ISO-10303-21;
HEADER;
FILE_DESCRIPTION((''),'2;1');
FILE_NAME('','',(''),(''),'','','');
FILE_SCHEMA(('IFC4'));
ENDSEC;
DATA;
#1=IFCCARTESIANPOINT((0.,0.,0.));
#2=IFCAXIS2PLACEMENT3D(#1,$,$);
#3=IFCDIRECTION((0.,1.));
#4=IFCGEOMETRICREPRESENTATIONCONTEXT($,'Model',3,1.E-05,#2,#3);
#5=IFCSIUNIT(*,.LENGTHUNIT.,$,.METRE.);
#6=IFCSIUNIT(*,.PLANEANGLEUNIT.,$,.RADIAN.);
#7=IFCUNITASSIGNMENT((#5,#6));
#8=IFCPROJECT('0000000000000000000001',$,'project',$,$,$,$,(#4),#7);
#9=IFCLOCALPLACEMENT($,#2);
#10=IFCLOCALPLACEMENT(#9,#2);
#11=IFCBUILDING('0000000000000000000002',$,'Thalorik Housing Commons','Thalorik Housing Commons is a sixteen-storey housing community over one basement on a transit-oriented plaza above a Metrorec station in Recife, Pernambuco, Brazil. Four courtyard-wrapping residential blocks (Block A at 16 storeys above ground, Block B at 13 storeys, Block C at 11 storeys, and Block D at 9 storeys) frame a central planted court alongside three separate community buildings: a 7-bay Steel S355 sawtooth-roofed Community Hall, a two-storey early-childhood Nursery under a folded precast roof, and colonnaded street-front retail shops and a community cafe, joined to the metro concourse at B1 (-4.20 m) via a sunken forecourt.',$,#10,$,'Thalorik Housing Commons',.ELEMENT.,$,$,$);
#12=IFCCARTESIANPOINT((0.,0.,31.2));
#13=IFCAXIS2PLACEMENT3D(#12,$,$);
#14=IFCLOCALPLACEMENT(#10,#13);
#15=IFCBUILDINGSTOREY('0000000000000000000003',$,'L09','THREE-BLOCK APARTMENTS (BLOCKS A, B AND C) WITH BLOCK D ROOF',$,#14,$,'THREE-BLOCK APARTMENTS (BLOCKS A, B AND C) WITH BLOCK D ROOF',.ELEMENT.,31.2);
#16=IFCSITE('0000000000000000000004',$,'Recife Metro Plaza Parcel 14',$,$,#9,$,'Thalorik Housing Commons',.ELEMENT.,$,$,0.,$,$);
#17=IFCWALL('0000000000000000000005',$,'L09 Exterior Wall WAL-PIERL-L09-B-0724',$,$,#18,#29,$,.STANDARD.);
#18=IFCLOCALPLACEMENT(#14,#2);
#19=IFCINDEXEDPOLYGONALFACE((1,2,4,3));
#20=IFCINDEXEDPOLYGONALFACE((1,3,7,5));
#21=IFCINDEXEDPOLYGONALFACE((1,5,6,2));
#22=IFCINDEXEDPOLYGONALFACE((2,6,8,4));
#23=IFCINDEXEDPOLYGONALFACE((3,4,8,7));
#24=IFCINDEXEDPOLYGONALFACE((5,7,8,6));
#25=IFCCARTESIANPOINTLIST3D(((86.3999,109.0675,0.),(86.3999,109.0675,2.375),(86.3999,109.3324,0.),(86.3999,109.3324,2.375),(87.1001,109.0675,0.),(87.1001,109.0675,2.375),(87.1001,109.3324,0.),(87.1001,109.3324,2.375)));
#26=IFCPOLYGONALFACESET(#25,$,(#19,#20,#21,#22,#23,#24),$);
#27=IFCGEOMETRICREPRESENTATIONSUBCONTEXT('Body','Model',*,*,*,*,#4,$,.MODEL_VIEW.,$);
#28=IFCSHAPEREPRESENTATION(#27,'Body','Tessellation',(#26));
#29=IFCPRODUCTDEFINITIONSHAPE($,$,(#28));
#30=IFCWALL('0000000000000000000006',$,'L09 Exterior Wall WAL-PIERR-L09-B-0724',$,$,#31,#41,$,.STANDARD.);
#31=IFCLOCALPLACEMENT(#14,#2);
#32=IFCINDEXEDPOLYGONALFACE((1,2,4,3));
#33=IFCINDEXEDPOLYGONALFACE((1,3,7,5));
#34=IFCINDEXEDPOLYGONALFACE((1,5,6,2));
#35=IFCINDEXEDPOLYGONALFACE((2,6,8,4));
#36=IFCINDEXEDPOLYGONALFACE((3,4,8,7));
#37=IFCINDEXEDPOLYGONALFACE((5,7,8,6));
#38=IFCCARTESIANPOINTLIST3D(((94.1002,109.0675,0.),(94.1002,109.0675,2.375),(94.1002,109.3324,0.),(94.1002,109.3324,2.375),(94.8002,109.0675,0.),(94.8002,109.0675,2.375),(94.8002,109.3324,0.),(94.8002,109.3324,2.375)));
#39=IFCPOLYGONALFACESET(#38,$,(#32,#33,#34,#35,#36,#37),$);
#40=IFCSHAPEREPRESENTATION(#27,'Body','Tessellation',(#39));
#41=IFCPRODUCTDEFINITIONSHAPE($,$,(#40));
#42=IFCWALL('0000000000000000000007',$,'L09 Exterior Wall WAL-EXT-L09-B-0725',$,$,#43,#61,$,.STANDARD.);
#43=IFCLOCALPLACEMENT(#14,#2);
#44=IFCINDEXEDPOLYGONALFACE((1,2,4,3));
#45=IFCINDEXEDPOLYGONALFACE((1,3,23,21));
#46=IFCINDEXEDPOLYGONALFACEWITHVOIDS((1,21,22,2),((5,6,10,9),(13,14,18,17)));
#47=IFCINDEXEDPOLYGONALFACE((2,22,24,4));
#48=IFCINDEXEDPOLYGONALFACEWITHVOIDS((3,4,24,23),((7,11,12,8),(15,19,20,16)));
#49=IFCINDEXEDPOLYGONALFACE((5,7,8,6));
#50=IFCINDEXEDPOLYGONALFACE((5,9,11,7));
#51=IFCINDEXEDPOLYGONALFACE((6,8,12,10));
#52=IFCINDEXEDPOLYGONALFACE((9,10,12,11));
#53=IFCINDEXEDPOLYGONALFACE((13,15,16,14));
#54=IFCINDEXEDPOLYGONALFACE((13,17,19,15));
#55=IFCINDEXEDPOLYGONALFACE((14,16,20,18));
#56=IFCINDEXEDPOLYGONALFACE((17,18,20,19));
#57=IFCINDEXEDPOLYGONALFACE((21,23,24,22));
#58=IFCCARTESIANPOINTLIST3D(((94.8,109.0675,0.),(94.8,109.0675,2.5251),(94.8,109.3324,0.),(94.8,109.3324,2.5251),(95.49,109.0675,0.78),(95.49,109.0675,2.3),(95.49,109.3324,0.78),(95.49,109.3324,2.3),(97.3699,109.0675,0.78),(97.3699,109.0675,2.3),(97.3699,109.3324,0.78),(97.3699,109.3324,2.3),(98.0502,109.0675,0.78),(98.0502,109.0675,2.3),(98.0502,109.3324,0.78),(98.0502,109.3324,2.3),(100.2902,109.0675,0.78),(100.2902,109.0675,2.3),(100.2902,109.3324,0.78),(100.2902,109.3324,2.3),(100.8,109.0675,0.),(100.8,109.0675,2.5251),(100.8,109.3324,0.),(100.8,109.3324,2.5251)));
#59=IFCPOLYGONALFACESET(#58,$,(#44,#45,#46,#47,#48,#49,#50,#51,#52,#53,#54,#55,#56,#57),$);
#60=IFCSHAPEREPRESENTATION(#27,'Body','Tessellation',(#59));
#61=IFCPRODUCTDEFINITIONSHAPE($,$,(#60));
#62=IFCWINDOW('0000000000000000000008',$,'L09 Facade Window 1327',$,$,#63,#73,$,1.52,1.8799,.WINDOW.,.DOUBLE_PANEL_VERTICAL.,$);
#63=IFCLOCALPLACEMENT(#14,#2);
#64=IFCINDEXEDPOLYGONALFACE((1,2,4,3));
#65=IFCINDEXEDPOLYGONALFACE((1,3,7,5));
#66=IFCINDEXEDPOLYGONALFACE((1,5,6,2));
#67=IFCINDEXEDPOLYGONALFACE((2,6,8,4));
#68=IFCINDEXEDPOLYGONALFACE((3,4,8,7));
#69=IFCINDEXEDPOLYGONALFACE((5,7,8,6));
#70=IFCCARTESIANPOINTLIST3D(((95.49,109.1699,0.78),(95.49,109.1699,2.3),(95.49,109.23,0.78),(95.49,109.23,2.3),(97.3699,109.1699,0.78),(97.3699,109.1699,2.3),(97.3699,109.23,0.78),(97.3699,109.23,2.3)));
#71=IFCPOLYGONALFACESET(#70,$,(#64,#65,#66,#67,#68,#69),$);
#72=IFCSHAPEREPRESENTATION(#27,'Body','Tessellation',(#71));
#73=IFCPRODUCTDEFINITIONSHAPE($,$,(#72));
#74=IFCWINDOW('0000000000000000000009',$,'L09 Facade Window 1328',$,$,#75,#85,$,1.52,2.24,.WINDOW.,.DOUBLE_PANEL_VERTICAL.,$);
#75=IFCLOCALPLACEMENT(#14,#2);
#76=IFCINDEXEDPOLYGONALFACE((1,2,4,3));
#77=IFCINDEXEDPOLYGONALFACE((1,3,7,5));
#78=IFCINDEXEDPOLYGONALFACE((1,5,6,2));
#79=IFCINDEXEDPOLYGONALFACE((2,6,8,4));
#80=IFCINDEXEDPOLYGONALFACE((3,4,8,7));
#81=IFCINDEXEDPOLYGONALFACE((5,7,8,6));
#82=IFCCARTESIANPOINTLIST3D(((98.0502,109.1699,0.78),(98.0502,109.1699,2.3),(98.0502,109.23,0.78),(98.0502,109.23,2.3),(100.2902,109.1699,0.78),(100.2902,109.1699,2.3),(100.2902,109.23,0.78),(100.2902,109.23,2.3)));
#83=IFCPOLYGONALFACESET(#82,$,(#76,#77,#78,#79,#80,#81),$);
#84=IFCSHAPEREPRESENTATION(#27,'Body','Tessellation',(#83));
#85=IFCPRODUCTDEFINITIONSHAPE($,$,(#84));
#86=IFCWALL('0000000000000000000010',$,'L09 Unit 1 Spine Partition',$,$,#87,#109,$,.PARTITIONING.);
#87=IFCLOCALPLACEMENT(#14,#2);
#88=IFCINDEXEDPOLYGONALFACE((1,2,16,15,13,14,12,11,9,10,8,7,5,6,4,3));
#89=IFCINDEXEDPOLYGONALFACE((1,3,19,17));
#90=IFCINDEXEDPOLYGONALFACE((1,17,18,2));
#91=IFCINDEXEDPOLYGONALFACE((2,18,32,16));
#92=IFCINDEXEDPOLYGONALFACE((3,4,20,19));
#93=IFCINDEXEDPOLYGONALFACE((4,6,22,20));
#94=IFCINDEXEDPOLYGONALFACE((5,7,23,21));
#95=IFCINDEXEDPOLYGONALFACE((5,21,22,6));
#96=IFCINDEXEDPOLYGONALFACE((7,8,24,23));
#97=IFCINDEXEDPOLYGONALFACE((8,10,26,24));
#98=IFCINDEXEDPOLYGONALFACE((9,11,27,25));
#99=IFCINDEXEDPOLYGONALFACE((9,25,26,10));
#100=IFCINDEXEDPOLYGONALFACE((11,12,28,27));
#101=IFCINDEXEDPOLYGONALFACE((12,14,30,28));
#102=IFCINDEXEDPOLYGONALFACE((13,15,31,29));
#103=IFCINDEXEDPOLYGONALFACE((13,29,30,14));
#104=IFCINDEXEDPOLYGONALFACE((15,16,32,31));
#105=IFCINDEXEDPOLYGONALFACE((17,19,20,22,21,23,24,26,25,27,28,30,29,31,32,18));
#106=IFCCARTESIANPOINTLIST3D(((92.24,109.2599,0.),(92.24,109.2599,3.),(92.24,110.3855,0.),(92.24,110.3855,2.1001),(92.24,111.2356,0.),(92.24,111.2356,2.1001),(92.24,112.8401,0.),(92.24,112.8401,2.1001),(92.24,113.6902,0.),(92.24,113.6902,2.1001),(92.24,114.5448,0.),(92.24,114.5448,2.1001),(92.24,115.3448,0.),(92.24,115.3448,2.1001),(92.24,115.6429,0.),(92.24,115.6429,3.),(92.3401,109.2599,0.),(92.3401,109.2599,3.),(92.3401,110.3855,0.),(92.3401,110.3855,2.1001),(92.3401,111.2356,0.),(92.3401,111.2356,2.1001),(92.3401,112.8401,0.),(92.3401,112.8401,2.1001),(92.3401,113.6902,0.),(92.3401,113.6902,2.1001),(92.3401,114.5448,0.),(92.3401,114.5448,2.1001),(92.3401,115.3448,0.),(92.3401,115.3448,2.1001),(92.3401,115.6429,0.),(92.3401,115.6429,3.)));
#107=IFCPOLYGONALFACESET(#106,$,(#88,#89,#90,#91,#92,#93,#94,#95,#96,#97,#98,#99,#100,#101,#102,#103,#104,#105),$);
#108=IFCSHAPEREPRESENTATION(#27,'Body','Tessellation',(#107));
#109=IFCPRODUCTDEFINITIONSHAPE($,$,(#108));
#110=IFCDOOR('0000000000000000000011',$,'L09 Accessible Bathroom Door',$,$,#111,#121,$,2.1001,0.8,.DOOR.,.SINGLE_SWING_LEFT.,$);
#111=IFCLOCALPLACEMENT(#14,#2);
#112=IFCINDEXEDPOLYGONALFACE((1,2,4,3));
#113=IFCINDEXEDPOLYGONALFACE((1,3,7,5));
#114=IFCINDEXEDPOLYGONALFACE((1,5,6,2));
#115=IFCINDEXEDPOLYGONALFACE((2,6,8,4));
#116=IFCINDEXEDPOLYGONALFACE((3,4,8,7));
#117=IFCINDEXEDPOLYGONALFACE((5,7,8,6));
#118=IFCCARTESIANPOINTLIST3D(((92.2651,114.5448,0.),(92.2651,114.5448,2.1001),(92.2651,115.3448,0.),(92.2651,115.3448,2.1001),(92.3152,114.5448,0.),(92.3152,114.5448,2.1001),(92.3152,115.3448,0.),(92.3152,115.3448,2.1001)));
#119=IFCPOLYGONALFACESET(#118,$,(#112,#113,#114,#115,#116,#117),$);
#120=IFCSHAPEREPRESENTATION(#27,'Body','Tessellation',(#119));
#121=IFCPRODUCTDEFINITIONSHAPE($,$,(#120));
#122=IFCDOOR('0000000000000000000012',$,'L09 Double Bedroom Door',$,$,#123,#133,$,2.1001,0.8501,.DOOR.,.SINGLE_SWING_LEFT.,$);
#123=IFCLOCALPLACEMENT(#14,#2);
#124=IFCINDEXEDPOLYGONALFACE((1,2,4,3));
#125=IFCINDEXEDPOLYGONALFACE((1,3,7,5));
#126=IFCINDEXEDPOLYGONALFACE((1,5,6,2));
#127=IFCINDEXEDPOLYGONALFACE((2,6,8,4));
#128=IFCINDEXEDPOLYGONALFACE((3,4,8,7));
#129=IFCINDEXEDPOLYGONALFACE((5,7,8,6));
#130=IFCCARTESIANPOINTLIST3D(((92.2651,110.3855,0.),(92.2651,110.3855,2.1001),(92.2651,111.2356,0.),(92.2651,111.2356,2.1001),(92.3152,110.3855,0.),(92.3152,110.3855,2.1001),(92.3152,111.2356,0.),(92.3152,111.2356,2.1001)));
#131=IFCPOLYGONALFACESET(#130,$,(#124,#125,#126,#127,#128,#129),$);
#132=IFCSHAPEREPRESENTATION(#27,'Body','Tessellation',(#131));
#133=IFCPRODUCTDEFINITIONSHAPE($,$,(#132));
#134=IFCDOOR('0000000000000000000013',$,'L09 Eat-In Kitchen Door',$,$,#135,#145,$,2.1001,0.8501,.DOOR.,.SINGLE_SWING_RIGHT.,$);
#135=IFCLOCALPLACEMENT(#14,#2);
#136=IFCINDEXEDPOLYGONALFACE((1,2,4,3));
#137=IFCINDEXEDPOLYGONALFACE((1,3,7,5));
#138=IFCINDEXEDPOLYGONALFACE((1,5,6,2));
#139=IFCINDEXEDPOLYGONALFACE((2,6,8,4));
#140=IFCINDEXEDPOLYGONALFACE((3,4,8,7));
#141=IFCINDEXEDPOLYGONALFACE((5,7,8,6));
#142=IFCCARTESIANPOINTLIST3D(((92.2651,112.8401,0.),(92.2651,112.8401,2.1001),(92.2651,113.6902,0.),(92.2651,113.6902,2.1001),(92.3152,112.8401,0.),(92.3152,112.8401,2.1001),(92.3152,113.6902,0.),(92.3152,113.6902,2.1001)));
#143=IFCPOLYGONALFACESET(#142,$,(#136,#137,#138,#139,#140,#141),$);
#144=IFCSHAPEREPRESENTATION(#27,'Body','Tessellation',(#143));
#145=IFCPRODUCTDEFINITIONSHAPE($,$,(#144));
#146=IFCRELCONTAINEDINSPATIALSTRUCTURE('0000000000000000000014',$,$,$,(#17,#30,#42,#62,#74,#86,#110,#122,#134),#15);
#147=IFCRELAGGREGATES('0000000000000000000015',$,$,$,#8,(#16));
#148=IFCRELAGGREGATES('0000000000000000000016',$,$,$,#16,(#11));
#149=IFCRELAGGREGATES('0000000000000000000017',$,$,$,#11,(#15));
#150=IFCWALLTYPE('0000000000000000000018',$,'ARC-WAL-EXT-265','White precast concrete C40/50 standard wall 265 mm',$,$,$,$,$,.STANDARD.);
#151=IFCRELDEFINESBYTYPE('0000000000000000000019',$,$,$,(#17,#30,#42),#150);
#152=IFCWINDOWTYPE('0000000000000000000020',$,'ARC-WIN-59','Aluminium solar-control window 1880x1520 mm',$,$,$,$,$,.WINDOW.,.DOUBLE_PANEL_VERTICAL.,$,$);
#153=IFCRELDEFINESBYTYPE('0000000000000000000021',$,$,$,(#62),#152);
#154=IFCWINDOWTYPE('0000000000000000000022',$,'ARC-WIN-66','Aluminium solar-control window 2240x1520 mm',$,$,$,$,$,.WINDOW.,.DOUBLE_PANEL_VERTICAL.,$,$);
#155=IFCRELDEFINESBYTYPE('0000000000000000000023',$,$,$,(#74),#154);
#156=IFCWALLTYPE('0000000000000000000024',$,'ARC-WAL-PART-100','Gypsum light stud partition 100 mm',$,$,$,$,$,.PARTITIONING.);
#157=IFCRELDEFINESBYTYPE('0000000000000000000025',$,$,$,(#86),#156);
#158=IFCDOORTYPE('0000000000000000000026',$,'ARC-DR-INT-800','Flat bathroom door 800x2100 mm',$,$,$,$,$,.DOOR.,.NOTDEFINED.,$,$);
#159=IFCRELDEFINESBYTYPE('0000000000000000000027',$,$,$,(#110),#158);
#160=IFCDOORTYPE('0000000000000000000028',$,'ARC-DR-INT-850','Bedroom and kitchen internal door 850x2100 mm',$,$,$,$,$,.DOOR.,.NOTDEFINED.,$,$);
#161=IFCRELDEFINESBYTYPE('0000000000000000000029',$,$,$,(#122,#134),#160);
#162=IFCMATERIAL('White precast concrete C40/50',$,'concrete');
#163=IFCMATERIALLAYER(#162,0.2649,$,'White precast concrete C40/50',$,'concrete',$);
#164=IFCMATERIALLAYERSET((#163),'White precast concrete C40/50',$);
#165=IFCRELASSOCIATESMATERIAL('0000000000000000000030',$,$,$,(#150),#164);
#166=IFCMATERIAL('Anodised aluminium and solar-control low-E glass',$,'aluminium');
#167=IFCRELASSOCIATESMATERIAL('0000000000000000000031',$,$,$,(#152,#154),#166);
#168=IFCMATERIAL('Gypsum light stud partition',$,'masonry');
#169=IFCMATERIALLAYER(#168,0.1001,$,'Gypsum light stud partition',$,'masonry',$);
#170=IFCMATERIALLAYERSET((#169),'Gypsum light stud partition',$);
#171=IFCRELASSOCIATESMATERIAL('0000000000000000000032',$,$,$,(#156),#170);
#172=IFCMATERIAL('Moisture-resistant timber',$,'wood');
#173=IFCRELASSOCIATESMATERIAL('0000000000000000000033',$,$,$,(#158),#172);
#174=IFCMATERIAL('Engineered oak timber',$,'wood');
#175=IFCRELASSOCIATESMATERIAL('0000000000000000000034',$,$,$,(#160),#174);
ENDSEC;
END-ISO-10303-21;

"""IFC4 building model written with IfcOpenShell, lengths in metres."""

from ifc_helpers import new_model, si_unit, direction, frame, frame_2d, origin, place, context, subcontext, project, spatial, rectangle, extrude, material, layer, layer_set, type_object, element, fill, save


model = new_model("IFC4")

# Units and contexts
model_context = context("Model", 3, precision=1e-05, world=origin(), true_north=direction((0.0, 1.0)))
body_context = subcontext(model_context, "Body", "Model", "MODEL_VIEW")
ifc_project = project(units=[si_unit("LENGTHUNIT", "METRE"), si_unit("PLANEANGLEUNIT", "RADIAN")], contexts=[model_context])

# Site, building, storey
site_placement = place(None, origin())
site = spatial("IfcSite", under=ifc_project, at=site_placement, Name="Recife Metro Plaza Parcel 14", LongName="Thalorik Housing Commons", CompositionType="ELEMENT", RefElevation=0.0)
building_placement = place(site_placement, origin())
building = spatial("IfcBuilding", under=site, at=building_placement, Name="Thalorik Housing Commons", Description="Thalorik Housing Commons is a sixteen-storey housing community over one basement on a transit-oriented plaza above a Metrorec station in Recife, Pernambuco, Brazil. Four courtyard-wrapping residential blocks (Block A at 16 storeys above ground, Block B at 13 storeys, Block C at 11 storeys, and Block D at 9 storeys) frame a central planted court alongside three separate community buildings: a 7-bay Steel S355 sawtooth-roofed Community Hall, a two-storey early-childhood Nursery under a folded precast roof, and colonnaded street-front retail shops and a community cafe, joined to the metro concourse at B1 (-4.20 m) via a sunken forecourt.", LongName="Thalorik Housing Commons", CompositionType="ELEMENT")
storey_placement = place(building_placement, frame((0.0, 0.0, 31.2)))
storey = spatial("IfcBuildingStorey", under=building, at=storey_placement, Name="L09", Description="THREE-BLOCK APARTMENTS (BLOCKS A, B AND C) WITH BLOCK D ROOF", LongName="THREE-BLOCK APARTMENTS (BLOCKS A, B AND C) WITH BLOCK D ROOF", CompositionType="ELEMENT", Elevation=31.2)

# Shared definitions
ifc_material_1 = material(Name="Anodised aluminium and solar-control low-E glass", Category="aluminium")

# Walls
ifc_material_2 = material(Name="White precast concrete C40/50", Category="concrete")
ifc_layer_1 = layer(ifc_material_2, 0.2649, Name="White precast concrete C40/50", Category="concrete")
ifc_layer_set_1 = layer_set([ifc_layer_1], Name="White precast concrete C40/50")
wall_type_1 = type_object("IfcWallType", Name="ARC-WAL-EXT-265", Description="White precast concrete C40/50 standard wall 265 mm", PredefinedType="STANDARD", material=ifc_layer_set_1)
wall_1_placement = place(storey_placement, frame((86.3999, 109.2, 0.0), z_axis=(0.0, 0.0, 1.0), x_axis=(1.0, 0.0, 0.0)))
element("IfcWall", 1, at=wall_1_placement, inside=storey, type_object=wall_type_1, Name="L09 Exterior Wall WAL-PIERL-L09-B-0724", PredefinedType="STANDARD", context=body_context, shape_type="SweptSolid", body=[
    extrude(rectangle(XDim=0.7002, YDim=0.2649, at=frame_2d((0.3501, 0.0))), origin(), (0.0, 0.0, 1.0), 2.375),
])
wall_2_placement = place(storey_placement, frame((94.1001, 109.2, 0.0), z_axis=(0.0, 0.0, 1.0), x_axis=(1.0, 0.0, 0.0)))
element("IfcWall", 2, at=wall_2_placement, inside=storey, type_object=wall_type_1, Name="L09 Exterior Wall WAL-PIERR-L09-B-0724", PredefinedType="STANDARD", context=body_context, shape_type="SweptSolid", body=[
    extrude(rectangle(XDim=0.7, YDim=0.2649, at=frame_2d((0.3501, 0.0))), origin(), (0.0, 0.0, 1.0), 2.375),
])

# Wall, openings, windows
wall_3_placement = place(storey_placement, frame((94.8, 109.2, 0.0), z_axis=(0.0, 0.0, 1.0), x_axis=(1.0, 0.0, 0.0)))
wall_3 = element("IfcWall", 3, at=wall_3_placement, inside=storey, type_object=wall_type_1, Name="L09 Exterior Wall WAL-EXT-L09-B-0725", PredefinedType="STANDARD", context=body_context, shape_type="SweptSolid", body=[
    extrude(rectangle(XDim=6.0, YDim=0.2649, at=frame_2d((3.0, 0.0))), origin(), (0.0, 0.0, 1.0), 2.5251),
])
opening_1_placement = place(wall_3_placement, frame((0.6899, 0.0, 0.78)))
opening_1 = element("IfcOpeningElement", 4, at=opening_1_placement, cuts=wall_3, PredefinedType="OPENING", context=body_context, shape_type="SweptSolid", body=[
    extrude(rectangle(XDim=1.8799, YDim=1.52, at=frame_2d((0.9399, 0.76))), frame((0.0, 0.1426, 0.0), z_axis=(0.0, -1.0, 0.0), x_axis=(1.0, 0.0, 0.0)), (0.0, 0.0, 1.0), 0.2849),
])
opening_2_placement = place(wall_3_placement, frame((3.25, 0.0, 0.78)))
opening_2 = element("IfcOpeningElement", 5, at=opening_2_placement, cuts=wall_3, PredefinedType="OPENING", context=body_context, shape_type="SweptSolid", body=[
    extrude(rectangle(XDim=2.24, YDim=1.52, at=frame_2d((1.1201, 0.76))), frame((0.0, 0.1426, 0.0), z_axis=(0.0, -1.0, 0.0), x_axis=(1.0, 0.0, 0.0)), (0.0, 0.0, 1.0), 0.2849),
])
window_type_1 = type_object("IfcWindowType", Name="ARC-WIN-59", Description="Aluminium solar-control window 1880x1520 mm", PartitioningType="DOUBLE_PANEL_VERTICAL", PredefinedType="WINDOW", material=ifc_material_1)
window_1_placement = place(opening_1_placement, origin())
window_1 = element("IfcWindow", 6, at=window_1_placement, inside=storey, type_object=window_type_1, Name="L09 Facade Window 1327", OverallHeight=1.52, OverallWidth=1.8799, PartitioningType="DOUBLE_PANEL_VERTICAL", PredefinedType="WINDOW", context=body_context, shape_type="SweptSolid", body=[
    extrude(rectangle(XDim=1.8799, YDim=1.52, at=frame_2d((0.9399, 0.76))), frame((0.0, 0.03, 0.0), z_axis=(0.0, -1.0, 0.0), x_axis=(1.0, 0.0, 0.0)), (0.0, 0.0, 1.0), 0.0601),
])
fill(opening_1, window_1)
window_type_2 = type_object("IfcWindowType", Name="ARC-WIN-66", Description="Aluminium solar-control window 2240x1520 mm", PartitioningType="DOUBLE_PANEL_VERTICAL", PredefinedType="WINDOW", material=ifc_material_1)
window_2_placement = place(opening_2_placement, origin())
window_2 = element("IfcWindow", 7, at=window_2_placement, inside=storey, type_object=window_type_2, Name="L09 Facade Window 1328", OverallHeight=1.52, OverallWidth=2.24, PartitioningType="DOUBLE_PANEL_VERTICAL", PredefinedType="WINDOW", context=body_context, shape_type="SweptSolid", body=[
    extrude(rectangle(XDim=2.24, YDim=1.52, at=frame_2d((1.1201, 0.76))), frame((0.0, 0.03, 0.0), z_axis=(0.0, -1.0, 0.0), x_axis=(1.0, 0.0, 0.0)), (0.0, 0.0, 1.0), 0.0601),
])
fill(opening_2, window_2)

# Wall, openings, doors
ifc_material_3 = material(Name="Gypsum light stud partition", Category="masonry")
ifc_layer_2 = layer(ifc_material_3, 0.1001, Name="Gypsum light stud partition", Category="masonry")
ifc_layer_set_2 = layer_set([ifc_layer_2], Name="Gypsum light stud partition")
wall_type_2 = type_object("IfcWallType", Name="ARC-WAL-PART-100", Description="Gypsum light stud partition 100 mm", PredefinedType="PARTITIONING", material=ifc_layer_set_2)
wall_4_placement = place(storey_placement, frame((92.29, 109.26, 0.0), z_axis=(0.0, 0.0, 1.0), x_axis=(0.0, 1.0, 0.0)))
wall_4 = element("IfcWall", 8, at=wall_4_placement, inside=storey, type_object=wall_type_2, Name="L09 Unit 1 Spine Partition", PredefinedType="PARTITIONING", context=body_context, shape_type="SweptSolid", body=[
    extrude(rectangle(XDim=6.3831, YDim=0.1001, at=frame_2d((3.1914, 0.0))), origin(), (0.0, 0.0, 1.0), 3.0),
])
opening_3_placement = place(wall_4_placement, frame((1.1255, 0.0, 0.0)))
opening_3 = element("IfcOpeningElement", 9, at=opening_3_placement, cuts=wall_4, PredefinedType="OPENING", context=body_context, shape_type="SweptSolid", body=[
    extrude(rectangle(XDim=0.8501, YDim=2.1001, at=frame_2d((0.425, 1.05))), frame((0.0, 0.0601, 0.0), z_axis=(0.0, -1.0, 0.0), x_axis=(1.0, 0.0, 0.0)), (0.0, 0.0, 1.0), 0.1201),
])
opening_4_placement = place(wall_4_placement, frame((3.5801, 0.0, 0.0)))
opening_4 = element("IfcOpeningElement", 10, at=opening_4_placement, cuts=wall_4, PredefinedType="OPENING", context=body_context, shape_type="SweptSolid", body=[
    extrude(rectangle(XDim=0.8501, YDim=2.1001, at=frame_2d((0.425, 1.05))), frame((0.0, 0.0601, 0.0), z_axis=(0.0, -1.0, 0.0), x_axis=(1.0, 0.0, 0.0)), (0.0, 0.0, 1.0), 0.1201),
])
opening_5_placement = place(wall_4_placement, frame((5.2849, 0.0, 0.0)))
opening_5 = element("IfcOpeningElement", 11, at=opening_5_placement, cuts=wall_4, PredefinedType="OPENING", context=body_context, shape_type="SweptSolid", body=[
    extrude(rectangle(XDim=0.8, YDim=2.1001, at=frame_2d((0.3999, 1.05))), frame((0.0, 0.0601, 0.0), z_axis=(0.0, -1.0, 0.0), x_axis=(1.0, 0.0, 0.0)), (0.0, 0.0, 1.0), 0.1201),
])
ifc_material_4 = material(Name="Moisture-resistant timber", Category="wood")
door_type_1 = type_object("IfcDoorType", Name="ARC-DR-INT-800", Description="Flat bathroom door 800x2100 mm", OperationType="NOTDEFINED", PredefinedType="DOOR", material=ifc_material_4)
door_1_placement = place(opening_5_placement, origin())
door_1 = element("IfcDoor", 12, at=door_1_placement, inside=storey, type_object=door_type_1, Name="L09 Accessible Bathroom Door", OperationType="SINGLE_SWING_LEFT", OverallHeight=2.1001, OverallWidth=0.8, PredefinedType="DOOR", context=body_context, shape_type="SweptSolid", body=[
    extrude(rectangle(XDim=0.8, YDim=2.1001, at=frame_2d((0.3999, 1.05))), frame((0.0, 0.0249, 0.0), z_axis=(0.0, -1.0, 0.0), x_axis=(1.0, 0.0, 0.0)), (0.0, 0.0, 1.0), 0.05),
])
fill(opening_5, door_1)
ifc_material_5 = material(Name="Engineered oak timber", Category="wood")
door_type_2 = type_object("IfcDoorType", Name="ARC-DR-INT-850", Description="Bedroom and kitchen internal door 850x2100 mm", OperationType="NOTDEFINED", PredefinedType="DOOR", material=ifc_material_5)
door_2_placement = place(opening_3_placement, origin())
door_2 = element("IfcDoor", 13, at=door_2_placement, inside=storey, type_object=door_type_2, Name="L09 Double Bedroom Door", OperationType="SINGLE_SWING_LEFT", OverallHeight=2.1001, OverallWidth=0.8501, PredefinedType="DOOR", context=body_context, shape_type="SweptSolid", body=[
    extrude(rectangle(XDim=0.8501, YDim=2.1001, at=frame_2d((0.425, 1.05))), frame((0.0, 0.0249, 0.0), z_axis=(0.0, -1.0, 0.0), x_axis=(1.0, 0.0, 0.0)), (0.0, 0.0, 1.0), 0.05),
])
fill(opening_3, door_2)
door_3_placement = place(opening_4_placement, origin())
door_3 = element("IfcDoor", 14, at=door_3_placement, inside=storey, type_object=door_type_2, Name="L09 Eat-In Kitchen Door", OperationType="SINGLE_SWING_RIGHT", OverallHeight=2.1001, OverallWidth=0.8501, PredefinedType="DOOR", context=body_context, shape_type="SweptSolid", body=[
    extrude(rectangle(XDim=0.8501, YDim=2.1001, at=frame_2d((0.425, 1.05))), frame((0.0, 0.0249, 0.0), z_axis=(0.0, -1.0, 0.0), x_axis=(1.0, 0.0, 0.0)), (0.0, 0.0, 1.0), 0.05),
])
fill(opening_4, door_3)

save(model, "model.ifc")
